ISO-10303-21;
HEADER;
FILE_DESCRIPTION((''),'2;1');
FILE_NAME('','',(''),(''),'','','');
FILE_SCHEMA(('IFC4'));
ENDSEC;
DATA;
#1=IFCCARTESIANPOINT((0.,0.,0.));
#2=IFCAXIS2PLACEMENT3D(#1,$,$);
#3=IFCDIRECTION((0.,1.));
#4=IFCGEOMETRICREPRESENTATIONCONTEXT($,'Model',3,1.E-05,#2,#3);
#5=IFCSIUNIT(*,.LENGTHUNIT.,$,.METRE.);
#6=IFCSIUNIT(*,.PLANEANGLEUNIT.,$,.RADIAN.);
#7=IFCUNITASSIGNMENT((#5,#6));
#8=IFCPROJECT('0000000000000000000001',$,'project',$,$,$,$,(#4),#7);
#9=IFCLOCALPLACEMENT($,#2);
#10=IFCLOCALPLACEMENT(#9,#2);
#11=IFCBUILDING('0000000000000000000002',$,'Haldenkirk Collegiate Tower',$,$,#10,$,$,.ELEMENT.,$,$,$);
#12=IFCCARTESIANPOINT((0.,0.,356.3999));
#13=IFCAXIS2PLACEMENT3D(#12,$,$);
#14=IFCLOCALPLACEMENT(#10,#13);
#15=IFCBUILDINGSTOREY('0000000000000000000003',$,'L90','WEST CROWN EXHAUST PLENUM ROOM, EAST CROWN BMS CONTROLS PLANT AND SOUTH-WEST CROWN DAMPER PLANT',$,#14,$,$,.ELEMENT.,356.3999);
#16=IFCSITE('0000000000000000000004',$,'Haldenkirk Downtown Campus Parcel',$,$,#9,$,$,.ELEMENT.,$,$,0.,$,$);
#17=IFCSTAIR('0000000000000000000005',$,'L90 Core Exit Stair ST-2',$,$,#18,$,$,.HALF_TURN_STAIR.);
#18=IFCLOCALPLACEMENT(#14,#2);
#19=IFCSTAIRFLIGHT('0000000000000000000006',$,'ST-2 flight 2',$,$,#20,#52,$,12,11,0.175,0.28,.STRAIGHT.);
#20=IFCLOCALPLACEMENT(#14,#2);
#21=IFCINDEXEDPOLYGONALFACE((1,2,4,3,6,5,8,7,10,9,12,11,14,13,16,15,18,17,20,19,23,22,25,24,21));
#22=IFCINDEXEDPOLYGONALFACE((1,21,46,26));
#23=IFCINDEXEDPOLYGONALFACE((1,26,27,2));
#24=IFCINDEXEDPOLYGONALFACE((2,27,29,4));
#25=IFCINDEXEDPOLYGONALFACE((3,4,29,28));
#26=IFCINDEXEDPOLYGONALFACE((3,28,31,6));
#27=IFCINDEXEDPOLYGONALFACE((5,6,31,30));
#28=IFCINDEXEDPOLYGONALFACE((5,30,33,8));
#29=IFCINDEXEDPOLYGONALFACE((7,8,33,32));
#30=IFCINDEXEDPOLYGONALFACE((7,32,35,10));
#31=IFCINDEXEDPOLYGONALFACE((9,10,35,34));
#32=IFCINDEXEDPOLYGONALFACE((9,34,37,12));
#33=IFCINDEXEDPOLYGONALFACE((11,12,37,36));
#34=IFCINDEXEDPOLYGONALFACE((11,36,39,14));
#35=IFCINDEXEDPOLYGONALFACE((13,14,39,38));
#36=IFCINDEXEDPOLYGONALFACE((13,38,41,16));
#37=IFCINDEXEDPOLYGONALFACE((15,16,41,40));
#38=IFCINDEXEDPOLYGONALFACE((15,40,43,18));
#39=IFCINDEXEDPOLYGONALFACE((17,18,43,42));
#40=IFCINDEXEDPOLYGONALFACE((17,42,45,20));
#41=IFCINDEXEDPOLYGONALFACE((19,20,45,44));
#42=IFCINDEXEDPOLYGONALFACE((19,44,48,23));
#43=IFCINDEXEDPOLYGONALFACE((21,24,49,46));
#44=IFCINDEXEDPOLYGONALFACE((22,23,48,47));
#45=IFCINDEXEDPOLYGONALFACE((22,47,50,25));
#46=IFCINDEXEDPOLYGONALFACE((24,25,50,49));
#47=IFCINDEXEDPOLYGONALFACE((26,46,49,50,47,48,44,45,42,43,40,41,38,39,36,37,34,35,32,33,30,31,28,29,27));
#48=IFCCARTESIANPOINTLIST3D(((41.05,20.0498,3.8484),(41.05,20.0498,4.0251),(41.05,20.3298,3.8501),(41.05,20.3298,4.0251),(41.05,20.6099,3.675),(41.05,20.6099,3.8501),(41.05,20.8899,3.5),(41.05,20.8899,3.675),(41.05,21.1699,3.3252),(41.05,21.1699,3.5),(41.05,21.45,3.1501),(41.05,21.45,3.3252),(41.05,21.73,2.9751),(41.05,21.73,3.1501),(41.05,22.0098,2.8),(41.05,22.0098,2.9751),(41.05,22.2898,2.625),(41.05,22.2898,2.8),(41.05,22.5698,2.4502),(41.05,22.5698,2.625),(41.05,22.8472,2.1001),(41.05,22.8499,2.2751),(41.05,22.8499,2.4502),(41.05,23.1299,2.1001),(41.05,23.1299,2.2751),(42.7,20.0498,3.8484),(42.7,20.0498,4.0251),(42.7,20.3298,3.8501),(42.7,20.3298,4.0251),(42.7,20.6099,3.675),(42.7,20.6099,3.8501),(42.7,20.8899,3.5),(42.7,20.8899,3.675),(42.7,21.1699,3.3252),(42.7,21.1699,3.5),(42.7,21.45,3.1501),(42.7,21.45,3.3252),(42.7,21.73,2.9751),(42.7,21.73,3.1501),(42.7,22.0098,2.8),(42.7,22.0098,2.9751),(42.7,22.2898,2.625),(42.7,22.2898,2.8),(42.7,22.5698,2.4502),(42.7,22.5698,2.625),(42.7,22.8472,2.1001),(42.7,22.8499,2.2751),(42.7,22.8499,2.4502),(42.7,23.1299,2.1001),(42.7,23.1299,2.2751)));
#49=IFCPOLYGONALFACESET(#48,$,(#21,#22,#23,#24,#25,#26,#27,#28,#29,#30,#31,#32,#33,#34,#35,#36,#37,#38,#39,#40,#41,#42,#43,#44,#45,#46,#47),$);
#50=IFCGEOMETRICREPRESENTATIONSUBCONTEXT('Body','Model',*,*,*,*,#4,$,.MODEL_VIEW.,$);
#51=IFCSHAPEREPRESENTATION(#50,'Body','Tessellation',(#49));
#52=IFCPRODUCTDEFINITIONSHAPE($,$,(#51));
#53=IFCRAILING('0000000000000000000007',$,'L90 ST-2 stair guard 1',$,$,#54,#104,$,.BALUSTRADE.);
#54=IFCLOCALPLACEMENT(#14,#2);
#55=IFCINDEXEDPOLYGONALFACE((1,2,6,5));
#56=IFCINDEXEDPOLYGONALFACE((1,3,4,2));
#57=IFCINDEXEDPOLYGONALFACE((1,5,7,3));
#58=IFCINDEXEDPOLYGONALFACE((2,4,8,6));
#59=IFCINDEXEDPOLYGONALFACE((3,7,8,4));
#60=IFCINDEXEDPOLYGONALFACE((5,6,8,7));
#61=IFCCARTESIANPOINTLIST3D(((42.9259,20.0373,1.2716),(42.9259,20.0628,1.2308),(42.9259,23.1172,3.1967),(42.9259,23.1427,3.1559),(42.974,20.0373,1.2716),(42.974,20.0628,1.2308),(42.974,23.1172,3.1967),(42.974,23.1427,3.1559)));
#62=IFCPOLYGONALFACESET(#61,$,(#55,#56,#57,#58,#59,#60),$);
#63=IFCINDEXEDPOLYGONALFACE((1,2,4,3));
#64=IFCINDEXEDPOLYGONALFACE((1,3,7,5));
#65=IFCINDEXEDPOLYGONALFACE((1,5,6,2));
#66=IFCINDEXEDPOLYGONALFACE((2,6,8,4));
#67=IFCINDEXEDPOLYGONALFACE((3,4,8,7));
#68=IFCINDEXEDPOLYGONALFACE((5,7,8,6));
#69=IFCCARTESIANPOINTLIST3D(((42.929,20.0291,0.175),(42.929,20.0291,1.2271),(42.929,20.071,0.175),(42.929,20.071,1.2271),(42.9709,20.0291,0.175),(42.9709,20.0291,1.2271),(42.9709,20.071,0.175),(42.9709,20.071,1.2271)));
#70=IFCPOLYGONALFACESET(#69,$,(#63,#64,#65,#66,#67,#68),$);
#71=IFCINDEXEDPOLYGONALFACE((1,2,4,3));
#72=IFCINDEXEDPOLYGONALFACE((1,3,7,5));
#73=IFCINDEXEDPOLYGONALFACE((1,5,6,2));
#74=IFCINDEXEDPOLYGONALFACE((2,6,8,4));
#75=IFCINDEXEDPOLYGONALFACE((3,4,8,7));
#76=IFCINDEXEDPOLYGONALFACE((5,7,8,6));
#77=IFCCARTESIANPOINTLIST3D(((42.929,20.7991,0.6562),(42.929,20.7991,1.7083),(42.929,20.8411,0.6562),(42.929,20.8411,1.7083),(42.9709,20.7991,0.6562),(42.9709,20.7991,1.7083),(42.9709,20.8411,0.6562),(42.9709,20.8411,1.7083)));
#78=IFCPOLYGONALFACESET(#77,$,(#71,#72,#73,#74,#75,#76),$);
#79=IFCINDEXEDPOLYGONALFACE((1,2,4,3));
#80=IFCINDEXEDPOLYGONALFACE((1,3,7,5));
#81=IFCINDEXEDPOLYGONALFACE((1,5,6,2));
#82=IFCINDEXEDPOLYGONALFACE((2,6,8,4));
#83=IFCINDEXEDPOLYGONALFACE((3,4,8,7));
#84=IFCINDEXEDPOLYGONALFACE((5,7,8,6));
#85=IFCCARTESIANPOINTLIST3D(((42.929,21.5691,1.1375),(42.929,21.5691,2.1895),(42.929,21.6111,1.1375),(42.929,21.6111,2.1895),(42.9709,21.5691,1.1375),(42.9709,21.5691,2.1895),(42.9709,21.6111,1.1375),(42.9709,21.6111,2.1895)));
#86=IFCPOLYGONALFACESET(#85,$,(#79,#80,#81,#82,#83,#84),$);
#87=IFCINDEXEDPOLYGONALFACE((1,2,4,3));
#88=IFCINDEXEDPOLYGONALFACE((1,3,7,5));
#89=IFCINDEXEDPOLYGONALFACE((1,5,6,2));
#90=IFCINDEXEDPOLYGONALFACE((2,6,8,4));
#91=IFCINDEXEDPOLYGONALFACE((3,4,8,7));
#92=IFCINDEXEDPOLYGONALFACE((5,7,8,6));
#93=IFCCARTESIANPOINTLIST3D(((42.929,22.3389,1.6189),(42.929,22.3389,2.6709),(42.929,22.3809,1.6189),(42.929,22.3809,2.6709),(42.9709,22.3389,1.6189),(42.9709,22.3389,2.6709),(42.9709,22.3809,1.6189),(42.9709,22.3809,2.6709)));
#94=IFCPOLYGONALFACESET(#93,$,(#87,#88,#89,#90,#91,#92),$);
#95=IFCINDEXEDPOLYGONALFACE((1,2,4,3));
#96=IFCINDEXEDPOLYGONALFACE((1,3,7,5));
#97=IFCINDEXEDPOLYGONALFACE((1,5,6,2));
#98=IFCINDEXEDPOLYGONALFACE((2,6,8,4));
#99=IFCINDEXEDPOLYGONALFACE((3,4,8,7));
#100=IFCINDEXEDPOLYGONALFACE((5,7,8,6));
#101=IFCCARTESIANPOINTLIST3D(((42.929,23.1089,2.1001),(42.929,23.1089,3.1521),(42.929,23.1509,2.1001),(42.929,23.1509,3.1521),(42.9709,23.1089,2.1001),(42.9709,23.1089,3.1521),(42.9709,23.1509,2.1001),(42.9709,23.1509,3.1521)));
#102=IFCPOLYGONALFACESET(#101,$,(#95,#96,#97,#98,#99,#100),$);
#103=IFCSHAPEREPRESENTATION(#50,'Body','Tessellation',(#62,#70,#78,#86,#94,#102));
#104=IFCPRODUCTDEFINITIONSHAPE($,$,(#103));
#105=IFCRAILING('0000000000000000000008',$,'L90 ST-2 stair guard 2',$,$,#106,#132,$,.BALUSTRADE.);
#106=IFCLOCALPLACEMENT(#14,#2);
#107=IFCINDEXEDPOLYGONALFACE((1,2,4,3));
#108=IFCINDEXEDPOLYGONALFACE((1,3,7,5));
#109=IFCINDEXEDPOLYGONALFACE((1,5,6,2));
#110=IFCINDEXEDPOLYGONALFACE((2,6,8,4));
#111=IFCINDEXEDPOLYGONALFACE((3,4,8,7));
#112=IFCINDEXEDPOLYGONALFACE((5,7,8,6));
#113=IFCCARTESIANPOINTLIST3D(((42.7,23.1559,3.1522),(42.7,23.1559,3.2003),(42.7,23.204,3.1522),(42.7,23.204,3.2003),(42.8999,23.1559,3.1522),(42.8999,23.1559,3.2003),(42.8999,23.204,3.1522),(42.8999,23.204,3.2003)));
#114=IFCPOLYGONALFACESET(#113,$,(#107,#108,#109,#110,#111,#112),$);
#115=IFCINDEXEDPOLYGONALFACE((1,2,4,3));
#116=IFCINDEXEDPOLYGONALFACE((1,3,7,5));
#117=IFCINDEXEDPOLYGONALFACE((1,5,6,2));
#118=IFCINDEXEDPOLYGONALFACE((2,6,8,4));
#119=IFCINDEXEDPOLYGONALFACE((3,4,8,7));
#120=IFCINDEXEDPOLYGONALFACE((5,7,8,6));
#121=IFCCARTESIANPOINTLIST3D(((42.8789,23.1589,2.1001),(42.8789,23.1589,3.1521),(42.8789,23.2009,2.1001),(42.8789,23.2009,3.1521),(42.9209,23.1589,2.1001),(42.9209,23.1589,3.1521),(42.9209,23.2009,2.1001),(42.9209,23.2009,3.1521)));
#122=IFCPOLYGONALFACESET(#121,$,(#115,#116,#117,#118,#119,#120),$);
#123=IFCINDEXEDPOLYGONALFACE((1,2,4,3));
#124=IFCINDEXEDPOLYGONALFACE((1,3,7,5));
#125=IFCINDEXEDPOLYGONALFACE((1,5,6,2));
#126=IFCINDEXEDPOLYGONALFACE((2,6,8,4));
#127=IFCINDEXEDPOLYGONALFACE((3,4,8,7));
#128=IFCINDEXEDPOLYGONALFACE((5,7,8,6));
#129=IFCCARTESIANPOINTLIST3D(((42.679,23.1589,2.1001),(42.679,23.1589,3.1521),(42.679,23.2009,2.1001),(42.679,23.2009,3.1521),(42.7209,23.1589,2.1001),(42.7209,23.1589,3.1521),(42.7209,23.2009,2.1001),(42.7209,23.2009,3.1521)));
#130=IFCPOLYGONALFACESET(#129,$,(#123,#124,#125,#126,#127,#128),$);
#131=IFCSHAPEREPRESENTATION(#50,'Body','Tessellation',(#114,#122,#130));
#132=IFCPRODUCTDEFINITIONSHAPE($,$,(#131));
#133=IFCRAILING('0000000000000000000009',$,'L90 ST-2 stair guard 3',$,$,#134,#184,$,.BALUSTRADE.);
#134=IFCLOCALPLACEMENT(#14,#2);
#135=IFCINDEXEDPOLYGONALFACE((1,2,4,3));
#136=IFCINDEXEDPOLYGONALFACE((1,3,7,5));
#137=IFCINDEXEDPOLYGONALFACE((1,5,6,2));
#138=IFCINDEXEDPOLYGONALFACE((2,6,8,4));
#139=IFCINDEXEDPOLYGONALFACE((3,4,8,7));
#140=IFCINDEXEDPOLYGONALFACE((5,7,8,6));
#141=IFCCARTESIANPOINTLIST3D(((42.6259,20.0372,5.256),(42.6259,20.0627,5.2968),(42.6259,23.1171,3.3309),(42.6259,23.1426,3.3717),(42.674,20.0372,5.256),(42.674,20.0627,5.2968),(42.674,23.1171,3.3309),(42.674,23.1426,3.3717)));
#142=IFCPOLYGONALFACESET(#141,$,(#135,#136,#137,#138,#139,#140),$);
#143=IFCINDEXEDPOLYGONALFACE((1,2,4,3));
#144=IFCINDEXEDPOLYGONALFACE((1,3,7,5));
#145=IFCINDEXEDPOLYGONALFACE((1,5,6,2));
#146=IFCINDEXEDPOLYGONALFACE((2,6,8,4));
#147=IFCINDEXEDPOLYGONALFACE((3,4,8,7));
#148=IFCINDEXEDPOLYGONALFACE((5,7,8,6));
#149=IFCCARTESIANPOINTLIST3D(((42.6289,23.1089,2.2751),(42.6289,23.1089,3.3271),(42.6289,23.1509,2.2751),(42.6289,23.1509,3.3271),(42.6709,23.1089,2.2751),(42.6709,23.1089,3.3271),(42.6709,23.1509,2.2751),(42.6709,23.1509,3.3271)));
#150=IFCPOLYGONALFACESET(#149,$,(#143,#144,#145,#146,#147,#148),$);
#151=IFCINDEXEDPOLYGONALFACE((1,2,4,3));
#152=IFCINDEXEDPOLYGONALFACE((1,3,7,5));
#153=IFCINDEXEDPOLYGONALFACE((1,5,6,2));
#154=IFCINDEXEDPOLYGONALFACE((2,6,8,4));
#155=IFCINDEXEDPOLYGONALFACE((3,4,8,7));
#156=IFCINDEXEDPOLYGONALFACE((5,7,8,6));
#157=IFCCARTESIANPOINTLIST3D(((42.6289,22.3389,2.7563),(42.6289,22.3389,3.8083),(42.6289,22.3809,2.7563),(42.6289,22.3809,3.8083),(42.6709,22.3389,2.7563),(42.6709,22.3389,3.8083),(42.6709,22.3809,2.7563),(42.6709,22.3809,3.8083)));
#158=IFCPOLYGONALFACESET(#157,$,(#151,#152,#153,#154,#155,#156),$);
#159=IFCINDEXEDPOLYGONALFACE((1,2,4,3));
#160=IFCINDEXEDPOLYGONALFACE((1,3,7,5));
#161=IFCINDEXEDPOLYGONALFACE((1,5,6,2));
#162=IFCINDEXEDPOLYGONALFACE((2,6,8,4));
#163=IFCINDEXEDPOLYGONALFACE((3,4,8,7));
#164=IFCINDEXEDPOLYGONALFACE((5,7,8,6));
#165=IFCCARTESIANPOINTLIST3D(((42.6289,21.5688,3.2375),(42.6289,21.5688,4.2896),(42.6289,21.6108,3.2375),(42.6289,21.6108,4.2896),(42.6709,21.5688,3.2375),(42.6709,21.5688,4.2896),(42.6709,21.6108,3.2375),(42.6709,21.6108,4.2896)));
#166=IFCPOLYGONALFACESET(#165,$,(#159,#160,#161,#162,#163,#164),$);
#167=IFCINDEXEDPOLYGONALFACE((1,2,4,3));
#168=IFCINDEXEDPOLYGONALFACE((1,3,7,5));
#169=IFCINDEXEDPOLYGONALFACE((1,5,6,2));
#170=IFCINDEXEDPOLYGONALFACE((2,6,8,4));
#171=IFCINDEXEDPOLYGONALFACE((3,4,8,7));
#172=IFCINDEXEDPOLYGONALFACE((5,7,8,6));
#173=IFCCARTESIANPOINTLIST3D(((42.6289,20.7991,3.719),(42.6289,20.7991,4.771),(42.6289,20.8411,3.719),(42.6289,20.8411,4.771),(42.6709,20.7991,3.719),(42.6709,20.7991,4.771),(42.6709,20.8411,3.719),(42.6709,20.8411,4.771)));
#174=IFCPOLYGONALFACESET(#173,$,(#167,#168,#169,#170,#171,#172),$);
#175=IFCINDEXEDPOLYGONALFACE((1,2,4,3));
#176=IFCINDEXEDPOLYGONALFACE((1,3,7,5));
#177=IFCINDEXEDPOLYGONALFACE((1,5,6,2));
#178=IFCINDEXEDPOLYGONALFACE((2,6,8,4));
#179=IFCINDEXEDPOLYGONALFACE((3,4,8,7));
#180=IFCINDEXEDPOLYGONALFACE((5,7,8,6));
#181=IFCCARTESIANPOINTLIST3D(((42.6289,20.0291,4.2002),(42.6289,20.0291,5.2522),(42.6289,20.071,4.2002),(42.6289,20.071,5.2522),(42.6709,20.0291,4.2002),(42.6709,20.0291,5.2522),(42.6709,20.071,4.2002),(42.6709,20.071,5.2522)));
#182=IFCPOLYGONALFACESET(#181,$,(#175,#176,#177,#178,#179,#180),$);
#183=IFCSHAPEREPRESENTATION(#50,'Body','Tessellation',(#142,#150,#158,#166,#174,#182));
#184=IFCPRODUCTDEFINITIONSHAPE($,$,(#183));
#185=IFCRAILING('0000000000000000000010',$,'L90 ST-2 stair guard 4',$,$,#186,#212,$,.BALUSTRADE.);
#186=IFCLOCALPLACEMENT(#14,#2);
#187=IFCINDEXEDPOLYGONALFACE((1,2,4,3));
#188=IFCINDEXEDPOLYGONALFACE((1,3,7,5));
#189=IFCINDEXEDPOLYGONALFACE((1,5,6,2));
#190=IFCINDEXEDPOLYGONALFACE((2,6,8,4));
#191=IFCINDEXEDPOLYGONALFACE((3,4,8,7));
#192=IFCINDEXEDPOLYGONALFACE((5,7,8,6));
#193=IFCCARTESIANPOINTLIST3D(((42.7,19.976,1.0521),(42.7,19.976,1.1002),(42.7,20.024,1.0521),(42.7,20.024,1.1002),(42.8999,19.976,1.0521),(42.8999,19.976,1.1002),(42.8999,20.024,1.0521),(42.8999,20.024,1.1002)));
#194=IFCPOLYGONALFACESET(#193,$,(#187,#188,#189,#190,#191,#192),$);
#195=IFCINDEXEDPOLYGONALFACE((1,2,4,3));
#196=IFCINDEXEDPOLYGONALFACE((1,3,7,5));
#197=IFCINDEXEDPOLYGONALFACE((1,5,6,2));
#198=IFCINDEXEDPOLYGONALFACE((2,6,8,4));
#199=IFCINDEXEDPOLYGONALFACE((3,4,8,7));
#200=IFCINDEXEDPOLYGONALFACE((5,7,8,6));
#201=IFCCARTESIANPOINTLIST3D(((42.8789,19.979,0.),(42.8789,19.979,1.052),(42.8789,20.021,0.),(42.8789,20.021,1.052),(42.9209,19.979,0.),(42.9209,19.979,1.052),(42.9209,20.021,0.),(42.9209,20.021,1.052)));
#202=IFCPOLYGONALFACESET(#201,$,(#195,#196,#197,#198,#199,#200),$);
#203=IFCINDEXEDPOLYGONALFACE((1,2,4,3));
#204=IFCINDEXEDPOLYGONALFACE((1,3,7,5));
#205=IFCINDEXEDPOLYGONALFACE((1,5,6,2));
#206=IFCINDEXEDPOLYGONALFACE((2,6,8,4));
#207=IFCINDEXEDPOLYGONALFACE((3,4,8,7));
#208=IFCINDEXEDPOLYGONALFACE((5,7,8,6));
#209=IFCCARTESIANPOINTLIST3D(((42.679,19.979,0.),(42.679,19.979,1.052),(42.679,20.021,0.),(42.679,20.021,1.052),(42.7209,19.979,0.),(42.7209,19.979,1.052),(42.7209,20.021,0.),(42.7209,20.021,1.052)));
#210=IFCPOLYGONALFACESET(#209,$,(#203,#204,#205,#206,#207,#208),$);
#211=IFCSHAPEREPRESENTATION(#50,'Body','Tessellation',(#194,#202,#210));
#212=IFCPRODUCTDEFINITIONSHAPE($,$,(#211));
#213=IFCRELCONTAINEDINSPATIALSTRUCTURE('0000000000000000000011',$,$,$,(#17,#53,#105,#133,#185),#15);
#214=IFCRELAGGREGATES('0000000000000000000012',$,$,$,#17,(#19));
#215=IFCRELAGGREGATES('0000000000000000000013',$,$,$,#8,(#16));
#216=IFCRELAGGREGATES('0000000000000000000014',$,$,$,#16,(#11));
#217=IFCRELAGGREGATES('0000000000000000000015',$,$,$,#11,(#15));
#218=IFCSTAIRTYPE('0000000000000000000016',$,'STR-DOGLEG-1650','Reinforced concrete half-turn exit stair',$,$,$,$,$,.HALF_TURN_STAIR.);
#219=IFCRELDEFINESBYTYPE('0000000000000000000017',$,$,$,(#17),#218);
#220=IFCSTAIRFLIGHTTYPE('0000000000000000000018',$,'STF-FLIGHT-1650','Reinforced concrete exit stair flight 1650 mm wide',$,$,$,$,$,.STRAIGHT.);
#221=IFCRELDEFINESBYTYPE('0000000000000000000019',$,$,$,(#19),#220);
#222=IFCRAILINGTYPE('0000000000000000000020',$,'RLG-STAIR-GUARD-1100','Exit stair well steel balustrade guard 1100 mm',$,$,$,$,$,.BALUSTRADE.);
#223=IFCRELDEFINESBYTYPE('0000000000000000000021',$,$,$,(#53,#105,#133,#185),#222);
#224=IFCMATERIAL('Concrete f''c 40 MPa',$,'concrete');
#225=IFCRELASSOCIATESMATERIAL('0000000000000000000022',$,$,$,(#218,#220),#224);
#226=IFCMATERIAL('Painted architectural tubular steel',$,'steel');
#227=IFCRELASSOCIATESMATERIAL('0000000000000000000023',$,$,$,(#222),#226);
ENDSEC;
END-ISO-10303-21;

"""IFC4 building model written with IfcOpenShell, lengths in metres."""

from ifc_helpers import new_model, si_unit, direction, frame, origin, origin_2d, place, context, subcontext, project, spatial, polyline, rectangle, outline, extrude, material, type_object, element, aggregate, save


model = new_model("IFC4")

# Units and contexts
model_context = context("Model", 3, precision=1e-05, world=origin(), true_north=direction((0.0, 1.0)))
body_context = subcontext(model_context, "Body", "Model", "MODEL_VIEW")
ifc_project = project(units=[si_unit("LENGTHUNIT", "METRE"), si_unit("PLANEANGLEUNIT", "RADIAN")], contexts=[model_context])

# Site, building, storey
site_placement = place(None, origin())
site = spatial("IfcSite", under=ifc_project, at=site_placement, Name="Haldenkirk Downtown Campus Parcel", CompositionType="ELEMENT", RefElevation=0.0)
building_placement = place(site_placement, origin())
building = spatial("IfcBuilding", under=site, at=building_placement, Name="Haldenkirk Collegiate Tower", CompositionType="ELEMENT")
storey_placement = place(building_placement, frame((0.0, 0.0, 356.3999)))
storey = spatial("IfcBuildingStorey", under=building, at=storey_placement, Name="L90", Description="WEST CROWN EXHAUST PLENUM ROOM, EAST CROWN BMS CONTROLS PLANT AND SOUTH-WEST CROWN DAMPER PLANT", CompositionType="ELEMENT", Elevation=356.3999)

# Stair, stair flight
ifc_material_1 = material(Name="Concrete f'c 40 MPa", Category="concrete")
stair_type = type_object("IfcStairType", Name="STR-DOGLEG-1650", Description="Reinforced concrete half-turn exit stair", PredefinedType="HALF_TURN_STAIR", material=ifc_material_1)
stair_placement = place(storey_placement, origin())
stair = element("IfcStair", 1, at=stair_placement, inside=storey, type_object=stair_type, Name="L90 Core Exit Stair ST-2", PredefinedType="HALF_TURN_STAIR")
stair_flight_type = type_object("IfcStairFlightType", Name="STF-FLIGHT-1650", Description="Reinforced concrete exit stair flight 1650 mm wide", PredefinedType="STRAIGHT", material=ifc_material_1)
stair_flight_1_placement = place(storey_placement, frame((41.875, 23.1299, 2.1001), z_axis=(0.0, 0.0, 1.0), x_axis=(0.0, -1.0, 0.0)))
stair_flight_1 = element("IfcStairFlight", 2, at=stair_flight_1_placement, type_object=stair_flight_type, Name="ST-2 flight 2", NumberOfRisers=12, NumberOfTreads=11, PredefinedType="STRAIGHT", RiserHeight=0.175, TreadLength=0.28, context=body_context, shape_type="SweptSolid", body=[
    extrude(outline(polyline([(0.0, 0.0), (0.0, 0.175), (0.28, 0.175), (0.28, 0.3501), (0.5601, 0.3501), (0.5601, 0.5249), (0.8401, 0.5249), (0.8401, 0.7), (1.1201, 0.7), (1.1201, 0.875), (1.3999, 0.875), (1.3999, 1.05), (1.6799, 1.05), (1.6799, 1.2251), (1.96, 1.2251), (1.96, 1.3999), (2.24, 1.3999), (2.24, 1.575), (2.52, 1.575), (2.52, 1.75), (2.8, 1.75), (2.8, 1.925), (3.0801, 1.925), (3.0801, 2.1001), (3.0801, 1.7483), (0.2827, 0.0), (0.0, 0.0)])), frame((0.0, 0.825, 0.0), z_axis=(0.0, -1.0, 0.0), x_axis=(1.0, 0.0, 0.0)), (0.0, 0.0, 1.0), 1.6499),
])
aggregate(stair, [stair_flight_1])

# Railings
ifc_material_2 = material(Name="Painted architectural tubular steel", Category="steel")
railing_type_1 = type_object("IfcRailingType", Name="RLG-STAIR-GUARD-1100", Description="Exit stair well steel balustrade guard 1100 mm", PredefinedType="BALUSTRADE", material=ifc_material_2)
railing_1_placement = place(storey_placement, frame((42.95, 20.05, 0.175)))
element("IfcRailing", 3, at=railing_1_placement, inside=storey, type_object=railing_type_1, Name="L90 ST-2 stair guard 1", PredefinedType="BALUSTRADE", context=body_context, shape_type="SweptSolid", body=[
    extrude(rectangle(XDim=0.0481, YDim=0.0481, at=origin_2d()), frame((0.0, 0.0, 1.0762), z_axis=(0.0, 0.847979, 0.530029), x_axis=(-1.0, 0.0, 0.0)), (0.0, 0.0, 1.0), 3.6321),
    extrude(rectangle(XDim=0.042, YDim=0.042, at=origin_2d()), origin(), (0.0, 0.0, 1.0), 1.052),
    extrude(rectangle(XDim=0.042, YDim=0.042, at=origin_2d()), frame((0.0, 0.77, 0.4812)), (0.0, 0.0, 1.0), 1.052),
    extrude(rectangle(XDim=0.042, YDim=0.042, at=origin_2d()), frame((0.0, 1.54, 0.9624)), (0.0, 0.0, 1.0), 1.052),
    extrude(rectangle(XDim=0.042, YDim=0.042, at=origin_2d()), frame((0.0, 2.3098, 1.4438)), (0.0, 0.0, 1.0), 1.052),
    extrude(rectangle(XDim=0.042, YDim=0.042, at=origin_2d()), frame((0.0, 3.0798, 1.925)), (0.0, 0.0, 1.0), 1.052),
])
railing_2_placement = place(storey_placement, frame((42.8999, 23.1799, 2.1001)))
element("IfcRailing", 4, at=railing_2_placement, inside=storey, type_object=railing_type_1, Name="L90 ST-2 stair guard 2", PredefinedType="BALUSTRADE", context=body_context, shape_type="SweptSolid", body=[
    extrude(rectangle(XDim=0.0481, YDim=0.0481, at=origin_2d()), frame((0.0, 0.0, 1.0762), z_axis=(-1.0, 0.0, 0.0), x_axis=(0.0, -1.0, 0.0)), (0.0, 0.0, 1.0), 0.2),
    extrude(rectangle(XDim=0.042, YDim=0.042, at=origin_2d()), origin(), (0.0, 0.0, 1.0), 1.052),
    extrude(rectangle(XDim=0.042, YDim=0.042, at=origin_2d()), frame((-0.2, 0.0, 0.0)), (0.0, 0.0, 1.0), 1.052),
])
railing_3_placement = place(storey_placement, frame((42.6499, 23.1299, 2.2751)))
element("IfcRailing", 5, at=railing_3_placement, inside=storey, type_object=railing_type_1, Name="L90 ST-2 stair guard 3", PredefinedType="BALUSTRADE", context=body_context, shape_type="SweptSolid", body=[
    extrude(rectangle(XDim=0.0481, YDim=0.0481, at=origin_2d()), frame((0.0, 0.0, 1.0762), z_axis=(0.0, -0.847979, 0.530029), x_axis=(1.0, 0.0, 0.0)), (0.0, 0.0, 1.0), 3.6321),
    extrude(rectangle(XDim=0.042, YDim=0.042, at=origin_2d()), origin(), (0.0, 0.0, 1.0), 1.052),
    extrude(rectangle(XDim=0.042, YDim=0.042, at=origin_2d()), frame((0.0, -0.77, 0.4812)), (0.0, 0.0, 1.0), 1.052),
    extrude(rectangle(XDim=0.042, YDim=0.042, at=origin_2d()), frame((0.0, -1.54, 0.9624)), (0.0, 0.0, 1.0), 1.052),
    extrude(rectangle(XDim=0.042, YDim=0.042, at=origin_2d()), frame((0.0, -2.3098, 1.4438)), (0.0, 0.0, 1.0), 1.052),
    extrude(rectangle(XDim=0.042, YDim=0.042, at=origin_2d()), frame((0.0, -3.0798, 1.925)), (0.0, 0.0, 1.0), 1.052),
])
railing_4_placement = place(storey_placement, frame((42.8999, 20.0, 0.0)))
element("IfcRailing", 6, at=railing_4_placement, inside=storey, type_object=railing_type_1, Name="L90 ST-2 stair guard 4", PredefinedType="BALUSTRADE", context=body_context, shape_type="SweptSolid", body=[
    extrude(rectangle(XDim=0.0481, YDim=0.0481, at=origin_2d()), frame((0.0, 0.0, 1.0762), z_axis=(-1.0, 0.0, 0.0), x_axis=(0.0, -1.0, 0.0)), (0.0, 0.0, 1.0), 0.2),
    extrude(rectangle(XDim=0.042, YDim=0.042, at=origin_2d()), origin(), (0.0, 0.0, 1.0), 1.052),
    extrude(rectangle(XDim=0.042, YDim=0.042, at=origin_2d()), frame((-0.2, 0.0, 0.0)), (0.0, 0.0, 1.0), 1.052),
])

save(model, "model.ifc")
